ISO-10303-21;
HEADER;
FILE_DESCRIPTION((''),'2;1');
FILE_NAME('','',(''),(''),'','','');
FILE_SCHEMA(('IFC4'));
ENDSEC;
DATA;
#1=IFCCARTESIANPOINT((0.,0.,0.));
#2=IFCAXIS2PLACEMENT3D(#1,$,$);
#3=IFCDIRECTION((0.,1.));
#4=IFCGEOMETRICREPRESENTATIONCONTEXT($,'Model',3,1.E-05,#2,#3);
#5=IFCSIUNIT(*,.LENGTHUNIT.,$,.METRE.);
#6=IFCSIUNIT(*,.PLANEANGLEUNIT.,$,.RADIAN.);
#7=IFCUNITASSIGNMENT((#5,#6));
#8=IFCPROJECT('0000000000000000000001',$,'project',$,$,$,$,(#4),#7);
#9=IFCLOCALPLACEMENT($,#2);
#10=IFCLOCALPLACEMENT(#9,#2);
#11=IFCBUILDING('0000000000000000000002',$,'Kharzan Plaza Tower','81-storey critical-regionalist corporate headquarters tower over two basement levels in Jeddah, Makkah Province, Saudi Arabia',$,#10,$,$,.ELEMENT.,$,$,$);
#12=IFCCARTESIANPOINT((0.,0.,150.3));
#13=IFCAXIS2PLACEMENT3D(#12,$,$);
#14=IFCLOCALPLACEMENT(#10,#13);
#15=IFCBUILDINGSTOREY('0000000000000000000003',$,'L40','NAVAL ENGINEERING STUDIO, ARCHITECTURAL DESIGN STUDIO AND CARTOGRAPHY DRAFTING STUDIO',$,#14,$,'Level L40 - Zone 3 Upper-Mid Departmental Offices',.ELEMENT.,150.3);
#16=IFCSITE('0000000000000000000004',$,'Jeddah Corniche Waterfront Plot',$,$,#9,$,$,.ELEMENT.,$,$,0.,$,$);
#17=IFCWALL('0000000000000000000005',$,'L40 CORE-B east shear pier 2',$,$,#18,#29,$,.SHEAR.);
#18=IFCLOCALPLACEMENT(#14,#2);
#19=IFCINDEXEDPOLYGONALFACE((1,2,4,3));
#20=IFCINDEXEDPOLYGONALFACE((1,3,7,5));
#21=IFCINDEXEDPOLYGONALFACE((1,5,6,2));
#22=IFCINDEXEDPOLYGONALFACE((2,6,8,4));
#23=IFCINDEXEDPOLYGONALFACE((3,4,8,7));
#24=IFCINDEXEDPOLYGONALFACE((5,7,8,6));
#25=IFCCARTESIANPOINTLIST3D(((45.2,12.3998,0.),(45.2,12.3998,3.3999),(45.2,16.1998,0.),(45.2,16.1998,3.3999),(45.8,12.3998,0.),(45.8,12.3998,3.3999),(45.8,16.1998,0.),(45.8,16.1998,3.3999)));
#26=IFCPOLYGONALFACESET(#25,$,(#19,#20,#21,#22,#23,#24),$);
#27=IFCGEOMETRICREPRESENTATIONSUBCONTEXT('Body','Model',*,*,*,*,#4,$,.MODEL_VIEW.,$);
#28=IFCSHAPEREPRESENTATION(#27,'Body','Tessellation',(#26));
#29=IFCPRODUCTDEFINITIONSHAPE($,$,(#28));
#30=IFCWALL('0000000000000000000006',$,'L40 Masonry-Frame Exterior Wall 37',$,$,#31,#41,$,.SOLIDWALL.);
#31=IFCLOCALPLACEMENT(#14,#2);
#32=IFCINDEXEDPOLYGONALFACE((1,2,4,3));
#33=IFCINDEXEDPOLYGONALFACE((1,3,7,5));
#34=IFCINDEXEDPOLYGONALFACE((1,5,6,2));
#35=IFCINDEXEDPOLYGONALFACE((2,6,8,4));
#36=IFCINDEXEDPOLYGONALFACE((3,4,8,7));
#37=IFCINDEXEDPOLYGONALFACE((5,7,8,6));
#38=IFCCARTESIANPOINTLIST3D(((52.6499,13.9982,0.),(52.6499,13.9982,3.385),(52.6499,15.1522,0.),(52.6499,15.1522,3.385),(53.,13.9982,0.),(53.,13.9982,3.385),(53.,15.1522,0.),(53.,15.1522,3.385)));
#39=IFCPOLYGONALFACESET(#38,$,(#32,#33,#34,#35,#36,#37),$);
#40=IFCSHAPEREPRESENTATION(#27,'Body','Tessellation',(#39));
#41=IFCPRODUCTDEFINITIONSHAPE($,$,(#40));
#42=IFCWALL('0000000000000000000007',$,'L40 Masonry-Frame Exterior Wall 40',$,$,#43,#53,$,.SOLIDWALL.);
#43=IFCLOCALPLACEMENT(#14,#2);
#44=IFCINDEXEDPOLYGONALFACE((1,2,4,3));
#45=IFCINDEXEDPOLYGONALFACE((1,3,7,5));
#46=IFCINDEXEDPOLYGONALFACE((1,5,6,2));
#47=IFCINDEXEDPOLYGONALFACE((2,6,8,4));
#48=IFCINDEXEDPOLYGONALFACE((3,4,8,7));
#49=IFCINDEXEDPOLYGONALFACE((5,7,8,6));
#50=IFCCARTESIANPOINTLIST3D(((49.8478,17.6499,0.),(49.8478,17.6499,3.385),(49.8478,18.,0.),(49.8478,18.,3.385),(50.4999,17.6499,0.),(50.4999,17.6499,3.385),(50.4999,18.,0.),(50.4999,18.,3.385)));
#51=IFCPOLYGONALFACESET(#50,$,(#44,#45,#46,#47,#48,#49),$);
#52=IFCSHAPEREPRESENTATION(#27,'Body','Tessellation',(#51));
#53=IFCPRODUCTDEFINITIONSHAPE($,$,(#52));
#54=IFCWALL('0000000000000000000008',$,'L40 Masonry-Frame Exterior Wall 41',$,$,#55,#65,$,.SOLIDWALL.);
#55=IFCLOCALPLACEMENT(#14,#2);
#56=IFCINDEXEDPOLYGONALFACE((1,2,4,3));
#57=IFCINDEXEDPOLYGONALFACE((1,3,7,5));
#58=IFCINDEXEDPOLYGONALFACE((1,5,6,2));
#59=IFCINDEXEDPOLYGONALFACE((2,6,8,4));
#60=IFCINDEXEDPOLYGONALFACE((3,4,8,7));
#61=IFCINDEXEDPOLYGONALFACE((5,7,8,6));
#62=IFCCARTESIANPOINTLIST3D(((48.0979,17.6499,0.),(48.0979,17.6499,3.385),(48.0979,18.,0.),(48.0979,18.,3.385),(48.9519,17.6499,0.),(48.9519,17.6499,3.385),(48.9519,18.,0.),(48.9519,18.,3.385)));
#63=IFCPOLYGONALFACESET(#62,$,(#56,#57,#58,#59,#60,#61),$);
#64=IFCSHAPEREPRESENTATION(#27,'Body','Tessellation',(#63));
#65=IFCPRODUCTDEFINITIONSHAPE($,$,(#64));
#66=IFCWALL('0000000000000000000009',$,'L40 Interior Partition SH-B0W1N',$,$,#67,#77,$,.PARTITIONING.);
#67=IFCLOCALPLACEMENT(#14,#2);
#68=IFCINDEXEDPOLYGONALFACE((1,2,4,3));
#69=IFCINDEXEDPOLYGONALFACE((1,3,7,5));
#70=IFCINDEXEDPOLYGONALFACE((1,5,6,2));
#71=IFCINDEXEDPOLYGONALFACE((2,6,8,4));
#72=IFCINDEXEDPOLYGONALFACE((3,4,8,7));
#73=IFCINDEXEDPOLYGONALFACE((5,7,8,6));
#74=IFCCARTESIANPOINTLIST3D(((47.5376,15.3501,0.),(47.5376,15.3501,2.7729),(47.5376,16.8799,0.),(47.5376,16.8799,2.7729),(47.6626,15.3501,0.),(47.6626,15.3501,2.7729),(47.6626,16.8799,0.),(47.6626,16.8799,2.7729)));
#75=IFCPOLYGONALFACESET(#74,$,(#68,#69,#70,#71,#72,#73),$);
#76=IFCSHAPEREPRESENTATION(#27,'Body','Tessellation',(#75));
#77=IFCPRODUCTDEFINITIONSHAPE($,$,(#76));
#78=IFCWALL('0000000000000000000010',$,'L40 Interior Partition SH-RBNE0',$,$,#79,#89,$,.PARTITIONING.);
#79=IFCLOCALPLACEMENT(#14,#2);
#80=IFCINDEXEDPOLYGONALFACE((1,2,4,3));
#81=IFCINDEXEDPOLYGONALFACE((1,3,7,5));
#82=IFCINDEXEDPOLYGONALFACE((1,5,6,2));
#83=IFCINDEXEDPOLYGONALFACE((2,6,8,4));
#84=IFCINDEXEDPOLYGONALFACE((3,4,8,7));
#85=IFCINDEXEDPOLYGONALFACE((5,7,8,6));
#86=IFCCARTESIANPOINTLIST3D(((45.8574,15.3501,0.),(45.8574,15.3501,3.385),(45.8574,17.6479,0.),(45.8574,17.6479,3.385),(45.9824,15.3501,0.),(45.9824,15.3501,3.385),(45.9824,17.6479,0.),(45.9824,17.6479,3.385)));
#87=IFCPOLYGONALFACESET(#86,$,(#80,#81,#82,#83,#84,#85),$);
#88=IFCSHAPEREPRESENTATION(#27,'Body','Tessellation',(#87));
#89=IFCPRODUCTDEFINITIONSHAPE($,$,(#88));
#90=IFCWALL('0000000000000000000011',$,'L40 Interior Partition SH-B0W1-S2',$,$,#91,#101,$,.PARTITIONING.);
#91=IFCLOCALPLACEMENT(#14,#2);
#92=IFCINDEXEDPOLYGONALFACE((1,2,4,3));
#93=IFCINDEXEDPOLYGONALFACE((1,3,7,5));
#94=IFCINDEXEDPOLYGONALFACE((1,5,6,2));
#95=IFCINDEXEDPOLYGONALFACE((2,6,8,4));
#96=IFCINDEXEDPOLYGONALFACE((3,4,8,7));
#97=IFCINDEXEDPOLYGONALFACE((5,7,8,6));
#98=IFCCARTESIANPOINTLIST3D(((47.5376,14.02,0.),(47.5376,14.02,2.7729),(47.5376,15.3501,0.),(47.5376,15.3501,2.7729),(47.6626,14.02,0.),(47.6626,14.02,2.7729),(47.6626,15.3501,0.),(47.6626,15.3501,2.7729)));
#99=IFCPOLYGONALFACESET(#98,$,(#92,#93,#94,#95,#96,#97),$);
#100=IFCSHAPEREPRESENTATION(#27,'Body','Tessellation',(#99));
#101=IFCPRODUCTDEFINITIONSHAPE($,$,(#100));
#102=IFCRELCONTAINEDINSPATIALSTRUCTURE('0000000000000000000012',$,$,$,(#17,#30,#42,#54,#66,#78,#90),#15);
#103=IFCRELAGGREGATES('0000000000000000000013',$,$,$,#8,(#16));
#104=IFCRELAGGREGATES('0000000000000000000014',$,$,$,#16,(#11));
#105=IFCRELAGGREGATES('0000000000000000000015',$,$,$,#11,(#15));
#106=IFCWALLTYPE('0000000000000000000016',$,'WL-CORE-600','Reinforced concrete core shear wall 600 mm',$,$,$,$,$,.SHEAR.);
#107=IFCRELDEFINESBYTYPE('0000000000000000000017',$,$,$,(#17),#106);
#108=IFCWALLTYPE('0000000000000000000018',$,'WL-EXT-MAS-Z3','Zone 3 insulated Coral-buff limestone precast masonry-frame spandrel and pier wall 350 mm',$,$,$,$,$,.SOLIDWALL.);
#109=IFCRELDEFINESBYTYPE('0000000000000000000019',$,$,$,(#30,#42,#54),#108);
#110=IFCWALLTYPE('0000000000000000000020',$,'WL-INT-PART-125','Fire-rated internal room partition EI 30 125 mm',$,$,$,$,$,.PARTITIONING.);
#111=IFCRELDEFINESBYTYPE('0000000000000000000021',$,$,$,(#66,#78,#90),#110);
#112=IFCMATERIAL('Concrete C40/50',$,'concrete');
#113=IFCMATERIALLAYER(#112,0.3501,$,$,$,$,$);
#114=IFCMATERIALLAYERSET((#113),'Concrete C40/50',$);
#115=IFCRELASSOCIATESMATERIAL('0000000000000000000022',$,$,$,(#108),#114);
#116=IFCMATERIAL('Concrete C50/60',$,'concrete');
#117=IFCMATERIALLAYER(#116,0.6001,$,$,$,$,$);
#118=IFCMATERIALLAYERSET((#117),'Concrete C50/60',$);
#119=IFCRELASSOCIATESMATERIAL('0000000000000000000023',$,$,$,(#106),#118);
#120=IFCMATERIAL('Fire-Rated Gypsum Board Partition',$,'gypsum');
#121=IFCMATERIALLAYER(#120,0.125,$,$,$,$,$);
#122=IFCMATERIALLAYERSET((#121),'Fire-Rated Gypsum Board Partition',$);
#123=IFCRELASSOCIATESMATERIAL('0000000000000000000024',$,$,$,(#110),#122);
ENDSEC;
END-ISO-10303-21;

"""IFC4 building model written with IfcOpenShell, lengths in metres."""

from ifc_helpers import new_model, si_unit, direction, frame, frame_2d, origin, place, context, subcontext, project, spatial, rectangle, extrude, source, transform, mapped, material, layer, layer_set, type_object, element, save


model = new_model("IFC4")

# Units and contexts
model_context = context("Model", 3, precision=1e-05, world=origin(), true_north=direction((0.0, 1.0)))
body_context = subcontext(model_context, "Body", "Model", "MODEL_VIEW")
ifc_project = project(units=[si_unit("LENGTHUNIT", "METRE"), si_unit("PLANEANGLEUNIT", "RADIAN")], contexts=[model_context])

# Site, building, storey
site_placement = place(None, origin())
site = spatial("IfcSite", under=ifc_project, at=site_placement, Name="Jeddah Corniche Waterfront Plot", CompositionType="ELEMENT", RefElevation=0.0)
building_placement = place(site_placement, origin())
building = spatial("IfcBuilding", under=site, at=building_placement, Name="Kharzan Plaza Tower", Description="81-storey critical-regionalist corporate headquarters tower over two basement levels in Jeddah, Makkah Province, Saudi Arabia", CompositionType="ELEMENT")
storey_placement = place(building_placement, frame((0.0, 0.0, 150.3)))
storey = spatial("IfcBuildingStorey", under=building, at=storey_placement, Name="L40", Description="NAVAL ENGINEERING STUDIO, ARCHITECTURAL DESIGN STUDIO AND CARTOGRAPHY DRAFTING STUDIO", LongName="Level L40 - Zone 3 Upper-Mid Departmental Offices", CompositionType="ELEMENT", Elevation=150.3)

# Shared definitions
ifc_material_1 = material(Name="Concrete C50/60", Category="concrete")

# Shared definitions
ifc_material_2 = material(Name="Concrete C40/50", Category="concrete")
ifc_layer_1 = layer(ifc_material_2, 0.3501)
ifc_layer_set_1 = layer_set([ifc_layer_1], Name="Concrete C40/50")
wall_type_1 = type_object("IfcWallType", Name="WL-EXT-MAS-Z3", Description="Zone 3 insulated Coral-buff limestone precast masonry-frame spandrel and pier wall 350 mm", PredefinedType="SOLIDWALL", material=ifc_layer_set_1)

# Walls
ifc_layer_2 = layer(ifc_material_1, 0.6001)
ifc_layer_set_2 = layer_set([ifc_layer_2], Name="Concrete C50/60")
wall_type_2 = type_object("IfcWallType", Name="WL-CORE-600", Description="Reinforced concrete core shear wall 600 mm", PredefinedType="SHEAR", material=ifc_layer_set_2)
shared_shape_1 = source(origin(), body_context, "Body", "SweptSolid", [
    extrude(rectangle(XDim=3.8, YDim=0.6001, at=frame_2d((1.8999, 0.0))), origin(), (0.0, 0.0, 1.0), 3.3999),
])
wall_1_placement = place(storey_placement, frame((45.5, 12.3999, 0.0), z_axis=(0.0, 0.0, 1.0), x_axis=(0.0, 1.0, 0.0)))
element("IfcWall", 1, at=wall_1_placement, inside=storey, type_object=wall_type_2, Name="L40 CORE-B east shear pier 2", PredefinedType="SHEAR", context=body_context, shape_type="MappedRepresentation", body=[
    mapped(shared_shape_1, transform((0.0, 0.0, 0.0), x_axis=(1.0, 0.0, 0.0), y_axis=(0.0, 1.0, 0.0), z_axis=(0.0, 0.0, 1.0))),
])
shared_shape_2 = source(origin(), body_context, "Body", "SweptSolid", [
    extrude(rectangle(XDim=1.1541, YDim=0.3501, at=frame_2d((0.5771, 0.0))), origin(), (0.0, 0.0, 1.0), 3.385),
])
wall_2_placement = place(storey_placement, frame((52.825, 13.998, 0.0), z_axis=(0.0, 0.0, 1.0), x_axis=(0.0, 1.0, 0.0)))
element("IfcWall", 2, at=wall_2_placement, inside=storey, type_object=wall_type_1, Name="L40 Masonry-Frame Exterior Wall 37", PredefinedType="SOLIDWALL", context=body_context, shape_type="MappedRepresentation", body=[
    mapped(shared_shape_2, transform((0.0, 0.0, 0.0), x_axis=(1.0, 0.0, 0.0), y_axis=(0.0, 1.0, 0.0), z_axis=(0.0, 0.0, 1.0))),
])
shared_shape_3 = source(origin(), body_context, "Body", "SweptSolid", [
    extrude(rectangle(XDim=0.6521, YDim=0.3501, at=frame_2d((0.3262, 0.0))), origin(), (0.0, 0.0, 1.0), 3.385),
])
wall_3_placement = place(storey_placement, frame((50.5, 17.825, 0.0), z_axis=(0.0, 0.0, 1.0), x_axis=(-1.0, 0.0, 0.0)))
element("IfcWall", 3, at=wall_3_placement, inside=storey, type_object=wall_type_1, Name="L40 Masonry-Frame Exterior Wall 40", PredefinedType="SOLIDWALL", context=body_context, shape_type="MappedRepresentation", body=[
    mapped(shared_shape_3, transform((0.0, 0.0, 0.0), x_axis=(1.0, 0.0, 0.0), y_axis=(0.0, 1.0, 0.0), z_axis=(0.0, 0.0, 1.0))),
])
shared_shape_4 = source(origin(), body_context, "Body", "SweptSolid", [
    extrude(rectangle(XDim=0.854, YDim=0.3501, at=frame_2d((0.427, 0.0))), origin(), (0.0, 0.0, 1.0), 3.385),
])
wall_4_placement = place(storey_placement, frame((48.9519, 17.825, 0.0), z_axis=(0.0, 0.0, 1.0), x_axis=(-1.0, 0.0, 0.0)))
element("IfcWall", 4, at=wall_4_placement, inside=storey, type_object=wall_type_1, Name="L40 Masonry-Frame Exterior Wall 41", PredefinedType="SOLIDWALL", context=body_context, shape_type="MappedRepresentation", body=[
    mapped(shared_shape_4, transform((0.0, 0.0, 0.0), x_axis=(1.0, 0.0, 0.0), y_axis=(0.0, 1.0, 0.0), z_axis=(0.0, 0.0, 1.0))),
])
ifc_material_3 = material(Name="Fire-Rated Gypsum Board Partition", Category="gypsum")
ifc_layer_3 = layer(ifc_material_3, 0.125)
ifc_layer_set_3 = layer_set([ifc_layer_3], Name="Fire-Rated Gypsum Board Partition")
wall_type_3 = type_object("IfcWallType", Name="WL-INT-PART-125", Description="Fire-rated internal room partition EI 30 125 mm", PredefinedType="PARTITIONING", material=ifc_layer_set_3)
shared_shape_5 = source(origin(), body_context, "Body", "SweptSolid", [
    extrude(rectangle(XDim=1.5298, YDim=0.125, at=frame_2d((0.7649, 0.0))), origin(), (0.0, 0.0, 1.0), 2.7729),
])
wall_5_placement = place(storey_placement, frame((47.6001, 15.3501, 0.0), z_axis=(0.0, 0.0, 1.0), x_axis=(0.0, 1.0, 0.0)))
element("IfcWall", 5, at=wall_5_placement, inside=storey, type_object=wall_type_3, Name="L40 Interior Partition SH-B0W1N", PredefinedType="PARTITIONING", context=body_context, shape_type="MappedRepresentation", body=[
    mapped(shared_shape_5, transform((0.0, 0.0, 0.0), x_axis=(1.0, 0.0, 0.0), y_axis=(0.0, 1.0, 0.0), z_axis=(0.0, 0.0, 1.0))),
])
shared_shape_6 = source(origin(), body_context, "Body", "SweptSolid", [
    extrude(rectangle(XDim=2.2979, YDim=0.125, at=frame_2d((1.1489, 0.0))), origin(), (0.0, 0.0, 1.0), 3.385),
])
wall_6_placement = place(storey_placement, frame((45.9199, 15.3501, 0.0), z_axis=(0.0, 0.0, 1.0), x_axis=(0.0, 1.0, 0.0)))
element("IfcWall", 6, at=wall_6_placement, inside=storey, type_object=wall_type_3, Name="L40 Interior Partition SH-RBNE0", PredefinedType="PARTITIONING", context=body_context, shape_type="MappedRepresentation", body=[
    mapped(shared_shape_6, transform((0.0, 0.0, 0.0), x_axis=(1.0, 0.0, 0.0), y_axis=(0.0, 1.0, 0.0), z_axis=(0.0, 0.0, 1.0))),
])
shared_shape_7 = source(origin(), body_context, "Body", "SweptSolid", [
    extrude(rectangle(XDim=1.3301, YDim=0.125, at=frame_2d((0.665, 0.0))), origin(), (0.0, 0.0, 1.0), 2.7729),
])
wall_7_placement = place(storey_placement, frame((47.6001, 14.02, 0.0), z_axis=(0.0, 0.0, 1.0), x_axis=(0.0, 1.0, 0.0)))
element("IfcWall", 7, at=wall_7_placement, inside=storey, type_object=wall_type_3, Name="L40 Interior Partition SH-B0W1-S2", PredefinedType="PARTITIONING", context=body_context, shape_type="MappedRepresentation", body=[
    mapped(shared_shape_7, transform((0.0, 0.0, 0.0), x_axis=(1.0, 0.0, 0.0), y_axis=(0.0, 1.0, 0.0), z_axis=(0.0, 0.0, 1.0))),
])

save(model, "model.ifc")
